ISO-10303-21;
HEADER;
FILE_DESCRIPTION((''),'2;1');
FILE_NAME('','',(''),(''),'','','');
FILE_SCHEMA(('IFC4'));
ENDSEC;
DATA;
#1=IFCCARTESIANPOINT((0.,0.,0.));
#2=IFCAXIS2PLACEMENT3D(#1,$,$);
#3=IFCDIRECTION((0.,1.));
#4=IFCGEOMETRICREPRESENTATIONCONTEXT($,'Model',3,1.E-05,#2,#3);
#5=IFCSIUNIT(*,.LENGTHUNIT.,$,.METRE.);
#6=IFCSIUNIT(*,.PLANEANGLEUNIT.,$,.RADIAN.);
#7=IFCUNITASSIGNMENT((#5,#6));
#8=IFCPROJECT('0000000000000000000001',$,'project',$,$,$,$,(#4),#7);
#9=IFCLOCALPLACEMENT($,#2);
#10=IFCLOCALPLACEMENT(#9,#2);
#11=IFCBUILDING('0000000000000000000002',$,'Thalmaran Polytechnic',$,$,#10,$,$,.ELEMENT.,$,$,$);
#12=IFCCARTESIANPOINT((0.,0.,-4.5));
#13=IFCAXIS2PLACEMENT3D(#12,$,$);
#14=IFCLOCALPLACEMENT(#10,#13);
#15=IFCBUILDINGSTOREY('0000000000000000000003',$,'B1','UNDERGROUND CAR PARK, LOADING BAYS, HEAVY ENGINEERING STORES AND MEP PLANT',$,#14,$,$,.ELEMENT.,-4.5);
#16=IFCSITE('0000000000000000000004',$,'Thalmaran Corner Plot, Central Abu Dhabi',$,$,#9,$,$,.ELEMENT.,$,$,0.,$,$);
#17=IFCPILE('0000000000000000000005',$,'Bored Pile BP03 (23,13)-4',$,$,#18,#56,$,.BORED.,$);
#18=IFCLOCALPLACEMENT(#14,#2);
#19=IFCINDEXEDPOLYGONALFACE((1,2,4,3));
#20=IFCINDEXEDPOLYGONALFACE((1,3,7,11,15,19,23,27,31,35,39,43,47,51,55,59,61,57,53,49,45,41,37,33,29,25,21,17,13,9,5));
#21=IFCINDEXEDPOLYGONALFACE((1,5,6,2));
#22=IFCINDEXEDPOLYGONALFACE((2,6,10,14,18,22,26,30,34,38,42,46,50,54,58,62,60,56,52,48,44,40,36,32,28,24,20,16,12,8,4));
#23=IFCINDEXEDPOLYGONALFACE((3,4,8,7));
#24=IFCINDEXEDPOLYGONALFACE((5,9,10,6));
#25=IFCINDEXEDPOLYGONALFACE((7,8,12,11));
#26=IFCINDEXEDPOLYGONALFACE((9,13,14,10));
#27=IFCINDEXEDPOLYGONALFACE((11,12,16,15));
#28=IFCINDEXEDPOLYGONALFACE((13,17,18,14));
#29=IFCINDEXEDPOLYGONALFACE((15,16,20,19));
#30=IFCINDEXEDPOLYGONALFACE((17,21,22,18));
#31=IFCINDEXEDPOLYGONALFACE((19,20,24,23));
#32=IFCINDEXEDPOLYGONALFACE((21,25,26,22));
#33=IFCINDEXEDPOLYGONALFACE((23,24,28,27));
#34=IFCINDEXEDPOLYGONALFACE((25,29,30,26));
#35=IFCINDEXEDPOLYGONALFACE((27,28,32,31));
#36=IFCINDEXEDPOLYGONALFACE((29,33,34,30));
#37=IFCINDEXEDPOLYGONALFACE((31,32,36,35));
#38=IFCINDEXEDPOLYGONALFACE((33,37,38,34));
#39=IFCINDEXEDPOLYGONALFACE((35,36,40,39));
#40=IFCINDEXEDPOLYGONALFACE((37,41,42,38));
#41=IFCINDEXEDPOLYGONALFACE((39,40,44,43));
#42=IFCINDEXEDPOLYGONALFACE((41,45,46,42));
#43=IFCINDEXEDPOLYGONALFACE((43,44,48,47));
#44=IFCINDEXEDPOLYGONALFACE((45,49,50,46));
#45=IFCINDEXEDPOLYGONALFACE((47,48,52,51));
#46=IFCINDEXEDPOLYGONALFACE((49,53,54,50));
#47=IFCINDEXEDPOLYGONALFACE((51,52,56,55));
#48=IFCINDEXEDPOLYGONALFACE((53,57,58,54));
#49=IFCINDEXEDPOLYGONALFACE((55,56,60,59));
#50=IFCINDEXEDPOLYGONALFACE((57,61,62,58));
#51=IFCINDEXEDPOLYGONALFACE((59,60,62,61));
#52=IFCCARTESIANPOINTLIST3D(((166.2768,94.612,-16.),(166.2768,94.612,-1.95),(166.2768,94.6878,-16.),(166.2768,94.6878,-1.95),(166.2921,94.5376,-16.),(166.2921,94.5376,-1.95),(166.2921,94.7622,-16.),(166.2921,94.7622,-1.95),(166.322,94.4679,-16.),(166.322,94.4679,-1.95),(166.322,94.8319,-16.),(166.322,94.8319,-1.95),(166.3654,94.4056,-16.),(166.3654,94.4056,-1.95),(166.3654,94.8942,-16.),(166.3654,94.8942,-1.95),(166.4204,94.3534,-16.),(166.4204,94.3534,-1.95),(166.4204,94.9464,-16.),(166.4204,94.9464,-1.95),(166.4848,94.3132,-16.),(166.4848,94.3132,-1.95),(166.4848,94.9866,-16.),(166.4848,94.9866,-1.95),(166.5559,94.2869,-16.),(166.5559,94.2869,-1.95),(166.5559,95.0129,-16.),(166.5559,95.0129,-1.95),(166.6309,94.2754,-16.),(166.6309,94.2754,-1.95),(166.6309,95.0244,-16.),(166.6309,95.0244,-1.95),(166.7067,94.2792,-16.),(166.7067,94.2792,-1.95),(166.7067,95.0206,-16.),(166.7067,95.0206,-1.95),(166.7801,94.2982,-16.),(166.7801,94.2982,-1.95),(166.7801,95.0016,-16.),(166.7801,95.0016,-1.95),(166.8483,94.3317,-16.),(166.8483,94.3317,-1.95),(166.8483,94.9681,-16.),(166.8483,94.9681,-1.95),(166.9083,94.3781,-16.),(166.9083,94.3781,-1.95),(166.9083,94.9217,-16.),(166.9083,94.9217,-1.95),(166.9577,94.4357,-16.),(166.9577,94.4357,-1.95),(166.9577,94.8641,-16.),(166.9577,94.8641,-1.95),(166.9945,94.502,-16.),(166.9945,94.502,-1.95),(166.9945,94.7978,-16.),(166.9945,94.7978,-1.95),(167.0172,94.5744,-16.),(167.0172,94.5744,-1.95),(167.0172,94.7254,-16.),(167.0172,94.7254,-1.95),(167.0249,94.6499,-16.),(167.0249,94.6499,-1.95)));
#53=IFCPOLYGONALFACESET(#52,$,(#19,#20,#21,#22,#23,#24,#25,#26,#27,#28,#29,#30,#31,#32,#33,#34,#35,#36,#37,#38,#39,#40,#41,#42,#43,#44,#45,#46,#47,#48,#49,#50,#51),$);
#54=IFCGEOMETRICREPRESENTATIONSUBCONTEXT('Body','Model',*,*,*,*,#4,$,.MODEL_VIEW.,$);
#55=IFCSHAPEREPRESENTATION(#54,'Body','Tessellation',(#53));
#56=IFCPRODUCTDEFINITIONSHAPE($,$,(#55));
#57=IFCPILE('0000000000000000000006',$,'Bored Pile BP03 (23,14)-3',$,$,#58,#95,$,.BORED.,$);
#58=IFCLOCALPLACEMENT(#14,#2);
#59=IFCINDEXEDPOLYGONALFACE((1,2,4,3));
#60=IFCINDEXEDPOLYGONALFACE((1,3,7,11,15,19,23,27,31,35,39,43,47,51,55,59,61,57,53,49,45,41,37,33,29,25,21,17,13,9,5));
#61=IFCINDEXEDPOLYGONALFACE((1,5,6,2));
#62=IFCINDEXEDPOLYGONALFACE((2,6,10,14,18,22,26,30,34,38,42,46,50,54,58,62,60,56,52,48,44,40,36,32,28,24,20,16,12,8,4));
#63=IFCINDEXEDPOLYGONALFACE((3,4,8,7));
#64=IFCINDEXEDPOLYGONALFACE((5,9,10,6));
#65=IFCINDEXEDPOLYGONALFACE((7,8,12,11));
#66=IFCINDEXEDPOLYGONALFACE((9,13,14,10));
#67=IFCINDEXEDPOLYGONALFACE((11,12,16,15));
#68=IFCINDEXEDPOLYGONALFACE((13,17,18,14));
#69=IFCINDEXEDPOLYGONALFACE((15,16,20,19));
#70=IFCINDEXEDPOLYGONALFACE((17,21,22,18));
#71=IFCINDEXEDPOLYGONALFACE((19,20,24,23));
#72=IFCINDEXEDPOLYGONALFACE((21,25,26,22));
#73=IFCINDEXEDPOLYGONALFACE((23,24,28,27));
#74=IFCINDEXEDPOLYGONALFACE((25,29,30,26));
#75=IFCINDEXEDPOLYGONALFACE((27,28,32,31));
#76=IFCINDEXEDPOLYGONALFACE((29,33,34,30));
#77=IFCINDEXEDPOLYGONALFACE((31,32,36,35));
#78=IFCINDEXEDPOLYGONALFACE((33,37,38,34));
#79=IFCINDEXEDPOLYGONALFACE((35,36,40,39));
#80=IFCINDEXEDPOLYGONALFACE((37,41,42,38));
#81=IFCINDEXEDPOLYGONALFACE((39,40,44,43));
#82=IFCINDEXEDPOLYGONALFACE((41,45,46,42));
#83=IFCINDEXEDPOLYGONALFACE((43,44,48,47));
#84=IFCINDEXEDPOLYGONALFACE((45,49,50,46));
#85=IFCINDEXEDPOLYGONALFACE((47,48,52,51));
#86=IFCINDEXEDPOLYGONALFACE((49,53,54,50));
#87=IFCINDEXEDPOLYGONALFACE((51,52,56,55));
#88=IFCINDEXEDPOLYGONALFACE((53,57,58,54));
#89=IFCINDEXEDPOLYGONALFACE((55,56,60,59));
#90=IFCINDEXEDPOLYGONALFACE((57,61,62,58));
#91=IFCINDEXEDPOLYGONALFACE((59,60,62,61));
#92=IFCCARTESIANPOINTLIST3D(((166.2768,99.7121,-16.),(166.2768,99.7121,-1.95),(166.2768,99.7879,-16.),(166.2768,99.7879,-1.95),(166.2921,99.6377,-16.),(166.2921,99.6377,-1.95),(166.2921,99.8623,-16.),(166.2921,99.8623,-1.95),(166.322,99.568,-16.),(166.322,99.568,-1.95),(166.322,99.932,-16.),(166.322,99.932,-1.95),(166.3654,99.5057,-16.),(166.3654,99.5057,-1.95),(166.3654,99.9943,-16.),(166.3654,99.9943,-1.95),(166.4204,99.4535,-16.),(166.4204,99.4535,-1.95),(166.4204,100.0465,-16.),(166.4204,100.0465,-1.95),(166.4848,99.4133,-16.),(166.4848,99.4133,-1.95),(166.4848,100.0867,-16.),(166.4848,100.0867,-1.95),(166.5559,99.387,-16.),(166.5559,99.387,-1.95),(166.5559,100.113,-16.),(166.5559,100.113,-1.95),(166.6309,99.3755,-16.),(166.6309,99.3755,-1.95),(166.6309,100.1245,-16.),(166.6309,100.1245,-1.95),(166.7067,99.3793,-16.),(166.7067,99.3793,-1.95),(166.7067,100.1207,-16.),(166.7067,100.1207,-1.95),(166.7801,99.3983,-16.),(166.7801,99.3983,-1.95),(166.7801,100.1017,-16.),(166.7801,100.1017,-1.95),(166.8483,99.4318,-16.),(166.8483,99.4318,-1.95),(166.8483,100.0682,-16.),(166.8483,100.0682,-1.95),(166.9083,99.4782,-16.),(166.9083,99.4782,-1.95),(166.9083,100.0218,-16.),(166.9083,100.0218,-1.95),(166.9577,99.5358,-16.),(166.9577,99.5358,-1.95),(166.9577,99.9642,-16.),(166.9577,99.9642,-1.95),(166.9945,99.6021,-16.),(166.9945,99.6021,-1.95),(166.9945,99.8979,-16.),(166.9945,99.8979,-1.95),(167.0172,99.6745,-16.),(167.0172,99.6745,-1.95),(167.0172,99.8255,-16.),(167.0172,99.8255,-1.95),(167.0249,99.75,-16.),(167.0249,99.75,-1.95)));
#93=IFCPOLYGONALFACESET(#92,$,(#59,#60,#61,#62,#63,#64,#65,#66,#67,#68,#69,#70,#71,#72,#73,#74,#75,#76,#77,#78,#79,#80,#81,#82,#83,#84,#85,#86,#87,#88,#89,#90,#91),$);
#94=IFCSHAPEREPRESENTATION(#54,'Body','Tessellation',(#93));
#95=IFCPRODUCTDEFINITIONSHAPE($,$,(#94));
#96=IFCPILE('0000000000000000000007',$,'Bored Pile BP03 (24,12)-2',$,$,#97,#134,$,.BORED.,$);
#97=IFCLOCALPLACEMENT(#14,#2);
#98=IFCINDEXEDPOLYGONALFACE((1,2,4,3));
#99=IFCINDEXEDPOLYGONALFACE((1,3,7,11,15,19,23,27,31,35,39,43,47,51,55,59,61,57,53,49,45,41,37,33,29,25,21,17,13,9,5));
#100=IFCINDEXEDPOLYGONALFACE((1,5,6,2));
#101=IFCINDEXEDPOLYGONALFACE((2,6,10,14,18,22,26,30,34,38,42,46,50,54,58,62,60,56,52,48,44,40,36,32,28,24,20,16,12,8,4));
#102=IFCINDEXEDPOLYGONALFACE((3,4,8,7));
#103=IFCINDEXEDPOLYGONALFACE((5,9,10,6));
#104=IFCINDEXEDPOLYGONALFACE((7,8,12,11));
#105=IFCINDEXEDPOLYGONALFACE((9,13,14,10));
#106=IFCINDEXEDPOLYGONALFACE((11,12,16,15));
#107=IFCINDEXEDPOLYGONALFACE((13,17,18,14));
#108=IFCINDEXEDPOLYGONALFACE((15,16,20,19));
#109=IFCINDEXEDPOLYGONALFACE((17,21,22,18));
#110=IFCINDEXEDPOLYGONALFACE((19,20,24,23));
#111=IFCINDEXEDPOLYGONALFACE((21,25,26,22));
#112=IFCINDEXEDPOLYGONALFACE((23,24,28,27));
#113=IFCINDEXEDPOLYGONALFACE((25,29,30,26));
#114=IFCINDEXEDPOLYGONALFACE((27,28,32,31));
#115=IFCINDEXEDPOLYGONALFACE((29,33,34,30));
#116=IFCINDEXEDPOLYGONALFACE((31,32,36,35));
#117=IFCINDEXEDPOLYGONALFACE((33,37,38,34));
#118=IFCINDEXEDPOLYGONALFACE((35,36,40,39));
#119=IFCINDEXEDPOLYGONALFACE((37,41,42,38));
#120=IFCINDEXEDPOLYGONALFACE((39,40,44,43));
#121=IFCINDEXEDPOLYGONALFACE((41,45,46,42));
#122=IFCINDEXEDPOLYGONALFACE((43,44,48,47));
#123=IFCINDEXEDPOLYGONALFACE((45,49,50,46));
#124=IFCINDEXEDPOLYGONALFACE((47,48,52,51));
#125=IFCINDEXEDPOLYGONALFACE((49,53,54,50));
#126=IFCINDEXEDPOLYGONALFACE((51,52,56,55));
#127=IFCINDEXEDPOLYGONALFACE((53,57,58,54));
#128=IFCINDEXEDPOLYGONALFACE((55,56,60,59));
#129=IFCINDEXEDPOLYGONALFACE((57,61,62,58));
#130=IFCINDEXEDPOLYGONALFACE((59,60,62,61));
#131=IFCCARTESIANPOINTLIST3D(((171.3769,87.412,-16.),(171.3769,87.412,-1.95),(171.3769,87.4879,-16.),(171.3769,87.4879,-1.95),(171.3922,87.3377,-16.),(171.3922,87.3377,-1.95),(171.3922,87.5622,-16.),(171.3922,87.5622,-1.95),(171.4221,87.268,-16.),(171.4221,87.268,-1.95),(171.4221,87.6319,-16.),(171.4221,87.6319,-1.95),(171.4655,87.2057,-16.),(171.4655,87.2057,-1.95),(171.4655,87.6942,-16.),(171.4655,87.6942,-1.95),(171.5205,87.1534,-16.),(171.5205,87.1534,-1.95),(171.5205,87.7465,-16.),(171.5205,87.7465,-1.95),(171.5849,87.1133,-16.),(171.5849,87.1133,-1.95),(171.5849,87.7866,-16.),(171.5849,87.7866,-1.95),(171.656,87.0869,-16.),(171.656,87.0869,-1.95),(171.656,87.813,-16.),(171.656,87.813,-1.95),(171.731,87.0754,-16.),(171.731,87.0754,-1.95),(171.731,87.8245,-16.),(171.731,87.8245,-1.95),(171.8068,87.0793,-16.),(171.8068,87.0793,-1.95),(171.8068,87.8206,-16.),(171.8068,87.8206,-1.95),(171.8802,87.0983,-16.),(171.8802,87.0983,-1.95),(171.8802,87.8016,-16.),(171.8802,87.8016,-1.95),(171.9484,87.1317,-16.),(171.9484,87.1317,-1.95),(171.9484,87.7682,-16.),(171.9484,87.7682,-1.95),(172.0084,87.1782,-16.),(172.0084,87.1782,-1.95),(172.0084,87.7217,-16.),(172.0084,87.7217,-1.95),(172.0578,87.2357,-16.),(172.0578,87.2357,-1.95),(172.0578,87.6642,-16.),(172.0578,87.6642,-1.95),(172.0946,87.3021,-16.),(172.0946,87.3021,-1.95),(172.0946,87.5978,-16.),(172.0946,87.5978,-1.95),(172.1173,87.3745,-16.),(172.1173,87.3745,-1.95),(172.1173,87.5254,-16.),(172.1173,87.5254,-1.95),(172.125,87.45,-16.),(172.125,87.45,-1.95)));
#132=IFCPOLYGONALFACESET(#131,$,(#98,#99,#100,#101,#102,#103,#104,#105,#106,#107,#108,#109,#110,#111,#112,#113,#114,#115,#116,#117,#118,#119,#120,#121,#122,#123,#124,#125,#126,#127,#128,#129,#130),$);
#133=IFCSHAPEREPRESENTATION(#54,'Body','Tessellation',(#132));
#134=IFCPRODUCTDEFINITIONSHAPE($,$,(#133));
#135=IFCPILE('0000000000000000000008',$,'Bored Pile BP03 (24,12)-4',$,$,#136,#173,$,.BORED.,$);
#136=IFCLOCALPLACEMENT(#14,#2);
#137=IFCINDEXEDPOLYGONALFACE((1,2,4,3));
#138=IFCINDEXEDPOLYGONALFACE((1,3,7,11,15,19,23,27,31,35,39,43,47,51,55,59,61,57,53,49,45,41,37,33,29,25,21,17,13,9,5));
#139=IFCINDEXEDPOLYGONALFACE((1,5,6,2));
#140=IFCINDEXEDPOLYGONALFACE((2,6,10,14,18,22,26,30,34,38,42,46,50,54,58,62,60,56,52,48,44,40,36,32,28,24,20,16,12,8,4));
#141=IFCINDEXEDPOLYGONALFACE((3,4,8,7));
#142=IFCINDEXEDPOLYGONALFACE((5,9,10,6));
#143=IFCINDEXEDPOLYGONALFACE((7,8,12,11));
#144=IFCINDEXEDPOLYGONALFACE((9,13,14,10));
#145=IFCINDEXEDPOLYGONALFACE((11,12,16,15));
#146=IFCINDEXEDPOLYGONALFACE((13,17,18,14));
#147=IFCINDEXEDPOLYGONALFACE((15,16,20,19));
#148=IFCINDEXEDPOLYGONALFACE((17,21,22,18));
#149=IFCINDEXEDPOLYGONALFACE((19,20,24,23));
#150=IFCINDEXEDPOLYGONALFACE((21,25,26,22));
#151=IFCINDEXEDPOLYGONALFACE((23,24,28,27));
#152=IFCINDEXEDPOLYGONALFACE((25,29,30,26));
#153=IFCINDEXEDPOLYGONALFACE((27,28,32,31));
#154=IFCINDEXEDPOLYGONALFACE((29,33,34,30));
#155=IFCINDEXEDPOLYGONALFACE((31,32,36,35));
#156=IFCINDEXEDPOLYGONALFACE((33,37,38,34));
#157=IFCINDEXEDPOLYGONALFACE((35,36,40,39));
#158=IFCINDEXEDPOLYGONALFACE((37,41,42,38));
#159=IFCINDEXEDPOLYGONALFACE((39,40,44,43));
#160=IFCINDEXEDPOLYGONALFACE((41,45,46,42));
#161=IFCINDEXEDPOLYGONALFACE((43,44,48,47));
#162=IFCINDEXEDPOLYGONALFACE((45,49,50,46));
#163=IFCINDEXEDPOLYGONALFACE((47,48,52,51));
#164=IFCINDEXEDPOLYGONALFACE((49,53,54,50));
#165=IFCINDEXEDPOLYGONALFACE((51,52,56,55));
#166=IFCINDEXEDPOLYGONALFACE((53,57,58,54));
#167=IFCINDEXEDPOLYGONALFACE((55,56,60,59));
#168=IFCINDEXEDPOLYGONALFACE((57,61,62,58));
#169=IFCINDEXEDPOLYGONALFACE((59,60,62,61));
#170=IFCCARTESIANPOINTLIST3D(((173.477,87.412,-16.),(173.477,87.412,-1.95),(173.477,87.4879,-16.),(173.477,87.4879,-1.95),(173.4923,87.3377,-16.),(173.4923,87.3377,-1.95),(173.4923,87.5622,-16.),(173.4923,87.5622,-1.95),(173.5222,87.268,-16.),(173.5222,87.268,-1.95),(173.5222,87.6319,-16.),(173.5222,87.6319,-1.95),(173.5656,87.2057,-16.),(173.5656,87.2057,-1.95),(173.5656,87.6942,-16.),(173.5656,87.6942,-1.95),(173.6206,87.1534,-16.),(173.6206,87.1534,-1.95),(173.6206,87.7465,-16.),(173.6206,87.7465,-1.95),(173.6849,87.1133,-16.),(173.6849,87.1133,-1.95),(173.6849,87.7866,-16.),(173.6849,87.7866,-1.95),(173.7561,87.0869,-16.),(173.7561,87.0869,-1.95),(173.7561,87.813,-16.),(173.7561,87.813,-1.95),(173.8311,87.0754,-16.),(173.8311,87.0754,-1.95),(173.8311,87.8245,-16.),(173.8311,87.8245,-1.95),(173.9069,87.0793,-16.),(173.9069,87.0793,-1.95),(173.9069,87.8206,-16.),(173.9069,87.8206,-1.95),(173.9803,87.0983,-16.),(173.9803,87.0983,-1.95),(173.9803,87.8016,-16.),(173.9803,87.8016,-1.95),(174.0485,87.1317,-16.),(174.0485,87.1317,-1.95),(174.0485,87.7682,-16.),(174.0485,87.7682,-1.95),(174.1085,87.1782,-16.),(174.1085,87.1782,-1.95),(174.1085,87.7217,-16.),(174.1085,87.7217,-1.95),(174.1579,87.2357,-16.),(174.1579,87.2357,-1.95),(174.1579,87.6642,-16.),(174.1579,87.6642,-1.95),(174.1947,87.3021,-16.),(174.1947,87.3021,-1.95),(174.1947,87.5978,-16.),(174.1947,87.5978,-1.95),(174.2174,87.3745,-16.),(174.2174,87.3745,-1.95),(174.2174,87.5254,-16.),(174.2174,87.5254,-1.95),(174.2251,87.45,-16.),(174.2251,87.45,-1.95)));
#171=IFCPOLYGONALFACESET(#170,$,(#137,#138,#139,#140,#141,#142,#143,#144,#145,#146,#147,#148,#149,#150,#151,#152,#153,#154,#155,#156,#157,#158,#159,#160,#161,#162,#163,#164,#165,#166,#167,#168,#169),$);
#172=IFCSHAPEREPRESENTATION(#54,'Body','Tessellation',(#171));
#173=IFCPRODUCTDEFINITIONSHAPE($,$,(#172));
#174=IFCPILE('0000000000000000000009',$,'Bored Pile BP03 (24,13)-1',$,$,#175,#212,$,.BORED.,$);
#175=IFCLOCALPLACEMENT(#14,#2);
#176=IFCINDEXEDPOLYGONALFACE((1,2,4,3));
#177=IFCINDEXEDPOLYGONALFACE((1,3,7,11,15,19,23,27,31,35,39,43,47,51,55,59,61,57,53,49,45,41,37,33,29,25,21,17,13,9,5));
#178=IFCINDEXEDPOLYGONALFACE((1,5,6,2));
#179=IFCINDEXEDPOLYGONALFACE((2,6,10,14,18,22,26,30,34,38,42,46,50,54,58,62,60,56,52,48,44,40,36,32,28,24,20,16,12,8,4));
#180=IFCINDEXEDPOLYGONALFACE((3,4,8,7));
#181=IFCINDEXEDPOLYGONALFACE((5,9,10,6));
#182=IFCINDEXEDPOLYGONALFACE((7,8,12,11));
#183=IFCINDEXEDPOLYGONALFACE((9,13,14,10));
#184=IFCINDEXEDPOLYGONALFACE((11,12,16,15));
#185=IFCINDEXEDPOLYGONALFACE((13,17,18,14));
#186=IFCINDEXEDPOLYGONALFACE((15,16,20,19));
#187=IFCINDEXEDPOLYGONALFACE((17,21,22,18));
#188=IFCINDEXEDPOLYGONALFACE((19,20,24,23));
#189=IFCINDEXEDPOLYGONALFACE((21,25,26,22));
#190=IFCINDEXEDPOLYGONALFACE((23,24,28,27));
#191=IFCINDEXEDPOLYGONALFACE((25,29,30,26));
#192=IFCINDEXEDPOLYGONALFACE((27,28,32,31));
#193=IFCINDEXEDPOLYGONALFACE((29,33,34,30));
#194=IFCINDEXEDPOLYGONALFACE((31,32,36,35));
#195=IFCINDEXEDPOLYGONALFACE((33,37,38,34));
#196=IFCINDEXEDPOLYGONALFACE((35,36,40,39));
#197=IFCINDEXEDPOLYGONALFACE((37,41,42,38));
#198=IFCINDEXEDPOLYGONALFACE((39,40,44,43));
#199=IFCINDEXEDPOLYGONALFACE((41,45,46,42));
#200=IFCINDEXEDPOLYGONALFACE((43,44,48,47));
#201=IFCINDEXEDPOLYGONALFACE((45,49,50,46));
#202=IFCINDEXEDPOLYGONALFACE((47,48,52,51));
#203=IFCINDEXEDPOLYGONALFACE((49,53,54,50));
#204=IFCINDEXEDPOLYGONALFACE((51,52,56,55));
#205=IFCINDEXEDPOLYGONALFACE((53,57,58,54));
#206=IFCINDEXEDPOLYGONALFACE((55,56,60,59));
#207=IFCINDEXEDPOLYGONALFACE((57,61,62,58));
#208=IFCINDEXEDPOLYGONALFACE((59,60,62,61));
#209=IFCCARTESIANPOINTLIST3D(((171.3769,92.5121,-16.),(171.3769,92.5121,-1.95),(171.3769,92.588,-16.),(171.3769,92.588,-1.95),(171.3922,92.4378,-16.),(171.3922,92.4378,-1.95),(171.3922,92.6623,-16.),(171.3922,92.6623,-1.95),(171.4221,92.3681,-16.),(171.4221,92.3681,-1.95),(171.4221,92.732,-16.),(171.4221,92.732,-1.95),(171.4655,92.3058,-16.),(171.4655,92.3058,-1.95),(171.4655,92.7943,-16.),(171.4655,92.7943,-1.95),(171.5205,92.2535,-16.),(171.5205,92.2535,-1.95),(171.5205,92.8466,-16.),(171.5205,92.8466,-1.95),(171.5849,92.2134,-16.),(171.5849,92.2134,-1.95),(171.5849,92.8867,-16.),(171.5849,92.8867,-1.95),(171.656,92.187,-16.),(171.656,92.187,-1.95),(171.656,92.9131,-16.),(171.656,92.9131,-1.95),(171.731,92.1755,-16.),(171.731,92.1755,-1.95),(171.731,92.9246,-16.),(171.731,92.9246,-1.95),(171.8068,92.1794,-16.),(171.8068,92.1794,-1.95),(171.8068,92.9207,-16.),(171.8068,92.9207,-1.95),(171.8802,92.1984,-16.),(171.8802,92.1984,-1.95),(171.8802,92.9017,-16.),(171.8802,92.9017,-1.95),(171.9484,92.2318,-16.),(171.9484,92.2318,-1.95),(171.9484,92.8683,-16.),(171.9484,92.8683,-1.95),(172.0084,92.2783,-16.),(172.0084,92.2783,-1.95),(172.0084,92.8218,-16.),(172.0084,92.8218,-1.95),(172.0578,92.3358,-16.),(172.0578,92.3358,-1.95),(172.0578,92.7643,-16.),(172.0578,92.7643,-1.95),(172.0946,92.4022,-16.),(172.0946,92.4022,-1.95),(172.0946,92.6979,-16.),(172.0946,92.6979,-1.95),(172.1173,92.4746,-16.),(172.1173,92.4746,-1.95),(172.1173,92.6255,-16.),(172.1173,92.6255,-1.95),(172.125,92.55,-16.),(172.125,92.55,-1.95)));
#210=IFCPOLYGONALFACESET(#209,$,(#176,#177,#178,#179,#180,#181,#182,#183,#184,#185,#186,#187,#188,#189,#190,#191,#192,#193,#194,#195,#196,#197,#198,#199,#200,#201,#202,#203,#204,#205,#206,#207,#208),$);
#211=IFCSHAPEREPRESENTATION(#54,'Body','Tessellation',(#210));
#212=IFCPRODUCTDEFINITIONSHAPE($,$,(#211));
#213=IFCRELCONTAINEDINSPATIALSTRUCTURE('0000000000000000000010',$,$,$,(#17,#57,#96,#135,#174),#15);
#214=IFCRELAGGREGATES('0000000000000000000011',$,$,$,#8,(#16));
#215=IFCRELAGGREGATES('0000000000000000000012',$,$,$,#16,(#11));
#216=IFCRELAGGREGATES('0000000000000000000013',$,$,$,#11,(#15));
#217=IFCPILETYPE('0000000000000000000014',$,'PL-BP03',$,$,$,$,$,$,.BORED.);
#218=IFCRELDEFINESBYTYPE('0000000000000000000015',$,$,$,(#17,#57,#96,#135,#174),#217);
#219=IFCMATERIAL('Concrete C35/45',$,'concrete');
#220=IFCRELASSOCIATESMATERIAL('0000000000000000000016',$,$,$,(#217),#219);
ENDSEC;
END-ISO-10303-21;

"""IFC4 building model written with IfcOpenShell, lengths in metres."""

from ifc_helpers import new_model, si_unit, direction, frame, origin, origin_2d, place, context, subcontext, project, spatial, circle, extrude, material, material_profile, profile_set, type_object, element, save


model = new_model("IFC4")

# Units and contexts
model_context = context("Model", 3, precision=1e-05, world=origin(), true_north=direction((0.0, 1.0)))
body_context = subcontext(model_context, "Body", "Model", "MODEL_VIEW")
ifc_project = project(units=[si_unit("LENGTHUNIT", "METRE"), si_unit("PLANEANGLEUNIT", "RADIAN")], contexts=[model_context])

# Site, building, storey
site_placement = place(None, origin())
site = spatial("IfcSite", under=ifc_project, at=site_placement, Name="Thalmaran Corner Plot, Central Abu Dhabi", CompositionType="ELEMENT", RefElevation=0.0)
building_placement = place(site_placement, origin())
building = spatial("IfcBuilding", under=site, at=building_placement, Name="Thalmaran Polytechnic", CompositionType="ELEMENT")
storey_placement = place(building_placement, frame((0.0, 0.0, -4.5)))
storey = spatial("IfcBuildingStorey", under=building, at=storey_placement, Name="B1", Description="UNDERGROUND CAR PARK, LOADING BAYS, HEAVY ENGINEERING STORES AND MEP PLANT", CompositionType="ELEMENT", Elevation=-4.5)

# Piles
ifc_material_1 = material(Name="Concrete C35/45", Category="concrete")
ifc_material_profile_1 = material_profile(ifc_material_1, circle(Radius=0.375, at=origin_2d()), Name="RC 750 DIA")
ifc_profile_set_1 = profile_set([ifc_material_profile_1], Name="Concrete C35/45")
pile_type = type_object("IfcPileType", Name="PL-BP03", PredefinedType="BORED", material=ifc_profile_set_1)
for number, where, z_axis, x_axis, name in (
    (1, (166.6499, 94.6499, -1.95), (0.0, 0.0, -1.0), (1.0, 0.0, 0.0), "Bored Pile BP03 (23,13)-4"),
    (2, (166.6499, 99.75, -1.95), (0.0, 0.0, -1.0), (1.0, 0.0, 0.0), "Bored Pile BP03 (23,14)-3"),
    (3, (171.75, 87.45, -1.95), (0.0, 0.0, -1.0), (1.0, 0.0, 0.0), "Bored Pile BP03 (24,12)-2"),
    (4, (173.8501, 87.45, -1.95), (0.0, 0.0, -1.0), (1.0, 0.0, 0.0), "Bored Pile BP03 (24,12)-4"),
    (5, (171.75, 92.55, -1.95), (0.0, 0.0, -1.0), (1.0, 0.0, 0.0), "Bored Pile BP03 (24,13)-1"),
):
    element("IfcPile", number, at=place(storey_placement, frame(where, z_axis=z_axis, x_axis=x_axis)), inside=storey, type_object=pile_type, Name=name, PredefinedType="BORED", context=body_context, shape_type="SweptSolid", body=[
        extrude(circle(Radius=0.375, at=origin_2d()), origin(), (0.0, 0.0, 1.0), 14.05),
    ])

save(model, "model.ifc")
